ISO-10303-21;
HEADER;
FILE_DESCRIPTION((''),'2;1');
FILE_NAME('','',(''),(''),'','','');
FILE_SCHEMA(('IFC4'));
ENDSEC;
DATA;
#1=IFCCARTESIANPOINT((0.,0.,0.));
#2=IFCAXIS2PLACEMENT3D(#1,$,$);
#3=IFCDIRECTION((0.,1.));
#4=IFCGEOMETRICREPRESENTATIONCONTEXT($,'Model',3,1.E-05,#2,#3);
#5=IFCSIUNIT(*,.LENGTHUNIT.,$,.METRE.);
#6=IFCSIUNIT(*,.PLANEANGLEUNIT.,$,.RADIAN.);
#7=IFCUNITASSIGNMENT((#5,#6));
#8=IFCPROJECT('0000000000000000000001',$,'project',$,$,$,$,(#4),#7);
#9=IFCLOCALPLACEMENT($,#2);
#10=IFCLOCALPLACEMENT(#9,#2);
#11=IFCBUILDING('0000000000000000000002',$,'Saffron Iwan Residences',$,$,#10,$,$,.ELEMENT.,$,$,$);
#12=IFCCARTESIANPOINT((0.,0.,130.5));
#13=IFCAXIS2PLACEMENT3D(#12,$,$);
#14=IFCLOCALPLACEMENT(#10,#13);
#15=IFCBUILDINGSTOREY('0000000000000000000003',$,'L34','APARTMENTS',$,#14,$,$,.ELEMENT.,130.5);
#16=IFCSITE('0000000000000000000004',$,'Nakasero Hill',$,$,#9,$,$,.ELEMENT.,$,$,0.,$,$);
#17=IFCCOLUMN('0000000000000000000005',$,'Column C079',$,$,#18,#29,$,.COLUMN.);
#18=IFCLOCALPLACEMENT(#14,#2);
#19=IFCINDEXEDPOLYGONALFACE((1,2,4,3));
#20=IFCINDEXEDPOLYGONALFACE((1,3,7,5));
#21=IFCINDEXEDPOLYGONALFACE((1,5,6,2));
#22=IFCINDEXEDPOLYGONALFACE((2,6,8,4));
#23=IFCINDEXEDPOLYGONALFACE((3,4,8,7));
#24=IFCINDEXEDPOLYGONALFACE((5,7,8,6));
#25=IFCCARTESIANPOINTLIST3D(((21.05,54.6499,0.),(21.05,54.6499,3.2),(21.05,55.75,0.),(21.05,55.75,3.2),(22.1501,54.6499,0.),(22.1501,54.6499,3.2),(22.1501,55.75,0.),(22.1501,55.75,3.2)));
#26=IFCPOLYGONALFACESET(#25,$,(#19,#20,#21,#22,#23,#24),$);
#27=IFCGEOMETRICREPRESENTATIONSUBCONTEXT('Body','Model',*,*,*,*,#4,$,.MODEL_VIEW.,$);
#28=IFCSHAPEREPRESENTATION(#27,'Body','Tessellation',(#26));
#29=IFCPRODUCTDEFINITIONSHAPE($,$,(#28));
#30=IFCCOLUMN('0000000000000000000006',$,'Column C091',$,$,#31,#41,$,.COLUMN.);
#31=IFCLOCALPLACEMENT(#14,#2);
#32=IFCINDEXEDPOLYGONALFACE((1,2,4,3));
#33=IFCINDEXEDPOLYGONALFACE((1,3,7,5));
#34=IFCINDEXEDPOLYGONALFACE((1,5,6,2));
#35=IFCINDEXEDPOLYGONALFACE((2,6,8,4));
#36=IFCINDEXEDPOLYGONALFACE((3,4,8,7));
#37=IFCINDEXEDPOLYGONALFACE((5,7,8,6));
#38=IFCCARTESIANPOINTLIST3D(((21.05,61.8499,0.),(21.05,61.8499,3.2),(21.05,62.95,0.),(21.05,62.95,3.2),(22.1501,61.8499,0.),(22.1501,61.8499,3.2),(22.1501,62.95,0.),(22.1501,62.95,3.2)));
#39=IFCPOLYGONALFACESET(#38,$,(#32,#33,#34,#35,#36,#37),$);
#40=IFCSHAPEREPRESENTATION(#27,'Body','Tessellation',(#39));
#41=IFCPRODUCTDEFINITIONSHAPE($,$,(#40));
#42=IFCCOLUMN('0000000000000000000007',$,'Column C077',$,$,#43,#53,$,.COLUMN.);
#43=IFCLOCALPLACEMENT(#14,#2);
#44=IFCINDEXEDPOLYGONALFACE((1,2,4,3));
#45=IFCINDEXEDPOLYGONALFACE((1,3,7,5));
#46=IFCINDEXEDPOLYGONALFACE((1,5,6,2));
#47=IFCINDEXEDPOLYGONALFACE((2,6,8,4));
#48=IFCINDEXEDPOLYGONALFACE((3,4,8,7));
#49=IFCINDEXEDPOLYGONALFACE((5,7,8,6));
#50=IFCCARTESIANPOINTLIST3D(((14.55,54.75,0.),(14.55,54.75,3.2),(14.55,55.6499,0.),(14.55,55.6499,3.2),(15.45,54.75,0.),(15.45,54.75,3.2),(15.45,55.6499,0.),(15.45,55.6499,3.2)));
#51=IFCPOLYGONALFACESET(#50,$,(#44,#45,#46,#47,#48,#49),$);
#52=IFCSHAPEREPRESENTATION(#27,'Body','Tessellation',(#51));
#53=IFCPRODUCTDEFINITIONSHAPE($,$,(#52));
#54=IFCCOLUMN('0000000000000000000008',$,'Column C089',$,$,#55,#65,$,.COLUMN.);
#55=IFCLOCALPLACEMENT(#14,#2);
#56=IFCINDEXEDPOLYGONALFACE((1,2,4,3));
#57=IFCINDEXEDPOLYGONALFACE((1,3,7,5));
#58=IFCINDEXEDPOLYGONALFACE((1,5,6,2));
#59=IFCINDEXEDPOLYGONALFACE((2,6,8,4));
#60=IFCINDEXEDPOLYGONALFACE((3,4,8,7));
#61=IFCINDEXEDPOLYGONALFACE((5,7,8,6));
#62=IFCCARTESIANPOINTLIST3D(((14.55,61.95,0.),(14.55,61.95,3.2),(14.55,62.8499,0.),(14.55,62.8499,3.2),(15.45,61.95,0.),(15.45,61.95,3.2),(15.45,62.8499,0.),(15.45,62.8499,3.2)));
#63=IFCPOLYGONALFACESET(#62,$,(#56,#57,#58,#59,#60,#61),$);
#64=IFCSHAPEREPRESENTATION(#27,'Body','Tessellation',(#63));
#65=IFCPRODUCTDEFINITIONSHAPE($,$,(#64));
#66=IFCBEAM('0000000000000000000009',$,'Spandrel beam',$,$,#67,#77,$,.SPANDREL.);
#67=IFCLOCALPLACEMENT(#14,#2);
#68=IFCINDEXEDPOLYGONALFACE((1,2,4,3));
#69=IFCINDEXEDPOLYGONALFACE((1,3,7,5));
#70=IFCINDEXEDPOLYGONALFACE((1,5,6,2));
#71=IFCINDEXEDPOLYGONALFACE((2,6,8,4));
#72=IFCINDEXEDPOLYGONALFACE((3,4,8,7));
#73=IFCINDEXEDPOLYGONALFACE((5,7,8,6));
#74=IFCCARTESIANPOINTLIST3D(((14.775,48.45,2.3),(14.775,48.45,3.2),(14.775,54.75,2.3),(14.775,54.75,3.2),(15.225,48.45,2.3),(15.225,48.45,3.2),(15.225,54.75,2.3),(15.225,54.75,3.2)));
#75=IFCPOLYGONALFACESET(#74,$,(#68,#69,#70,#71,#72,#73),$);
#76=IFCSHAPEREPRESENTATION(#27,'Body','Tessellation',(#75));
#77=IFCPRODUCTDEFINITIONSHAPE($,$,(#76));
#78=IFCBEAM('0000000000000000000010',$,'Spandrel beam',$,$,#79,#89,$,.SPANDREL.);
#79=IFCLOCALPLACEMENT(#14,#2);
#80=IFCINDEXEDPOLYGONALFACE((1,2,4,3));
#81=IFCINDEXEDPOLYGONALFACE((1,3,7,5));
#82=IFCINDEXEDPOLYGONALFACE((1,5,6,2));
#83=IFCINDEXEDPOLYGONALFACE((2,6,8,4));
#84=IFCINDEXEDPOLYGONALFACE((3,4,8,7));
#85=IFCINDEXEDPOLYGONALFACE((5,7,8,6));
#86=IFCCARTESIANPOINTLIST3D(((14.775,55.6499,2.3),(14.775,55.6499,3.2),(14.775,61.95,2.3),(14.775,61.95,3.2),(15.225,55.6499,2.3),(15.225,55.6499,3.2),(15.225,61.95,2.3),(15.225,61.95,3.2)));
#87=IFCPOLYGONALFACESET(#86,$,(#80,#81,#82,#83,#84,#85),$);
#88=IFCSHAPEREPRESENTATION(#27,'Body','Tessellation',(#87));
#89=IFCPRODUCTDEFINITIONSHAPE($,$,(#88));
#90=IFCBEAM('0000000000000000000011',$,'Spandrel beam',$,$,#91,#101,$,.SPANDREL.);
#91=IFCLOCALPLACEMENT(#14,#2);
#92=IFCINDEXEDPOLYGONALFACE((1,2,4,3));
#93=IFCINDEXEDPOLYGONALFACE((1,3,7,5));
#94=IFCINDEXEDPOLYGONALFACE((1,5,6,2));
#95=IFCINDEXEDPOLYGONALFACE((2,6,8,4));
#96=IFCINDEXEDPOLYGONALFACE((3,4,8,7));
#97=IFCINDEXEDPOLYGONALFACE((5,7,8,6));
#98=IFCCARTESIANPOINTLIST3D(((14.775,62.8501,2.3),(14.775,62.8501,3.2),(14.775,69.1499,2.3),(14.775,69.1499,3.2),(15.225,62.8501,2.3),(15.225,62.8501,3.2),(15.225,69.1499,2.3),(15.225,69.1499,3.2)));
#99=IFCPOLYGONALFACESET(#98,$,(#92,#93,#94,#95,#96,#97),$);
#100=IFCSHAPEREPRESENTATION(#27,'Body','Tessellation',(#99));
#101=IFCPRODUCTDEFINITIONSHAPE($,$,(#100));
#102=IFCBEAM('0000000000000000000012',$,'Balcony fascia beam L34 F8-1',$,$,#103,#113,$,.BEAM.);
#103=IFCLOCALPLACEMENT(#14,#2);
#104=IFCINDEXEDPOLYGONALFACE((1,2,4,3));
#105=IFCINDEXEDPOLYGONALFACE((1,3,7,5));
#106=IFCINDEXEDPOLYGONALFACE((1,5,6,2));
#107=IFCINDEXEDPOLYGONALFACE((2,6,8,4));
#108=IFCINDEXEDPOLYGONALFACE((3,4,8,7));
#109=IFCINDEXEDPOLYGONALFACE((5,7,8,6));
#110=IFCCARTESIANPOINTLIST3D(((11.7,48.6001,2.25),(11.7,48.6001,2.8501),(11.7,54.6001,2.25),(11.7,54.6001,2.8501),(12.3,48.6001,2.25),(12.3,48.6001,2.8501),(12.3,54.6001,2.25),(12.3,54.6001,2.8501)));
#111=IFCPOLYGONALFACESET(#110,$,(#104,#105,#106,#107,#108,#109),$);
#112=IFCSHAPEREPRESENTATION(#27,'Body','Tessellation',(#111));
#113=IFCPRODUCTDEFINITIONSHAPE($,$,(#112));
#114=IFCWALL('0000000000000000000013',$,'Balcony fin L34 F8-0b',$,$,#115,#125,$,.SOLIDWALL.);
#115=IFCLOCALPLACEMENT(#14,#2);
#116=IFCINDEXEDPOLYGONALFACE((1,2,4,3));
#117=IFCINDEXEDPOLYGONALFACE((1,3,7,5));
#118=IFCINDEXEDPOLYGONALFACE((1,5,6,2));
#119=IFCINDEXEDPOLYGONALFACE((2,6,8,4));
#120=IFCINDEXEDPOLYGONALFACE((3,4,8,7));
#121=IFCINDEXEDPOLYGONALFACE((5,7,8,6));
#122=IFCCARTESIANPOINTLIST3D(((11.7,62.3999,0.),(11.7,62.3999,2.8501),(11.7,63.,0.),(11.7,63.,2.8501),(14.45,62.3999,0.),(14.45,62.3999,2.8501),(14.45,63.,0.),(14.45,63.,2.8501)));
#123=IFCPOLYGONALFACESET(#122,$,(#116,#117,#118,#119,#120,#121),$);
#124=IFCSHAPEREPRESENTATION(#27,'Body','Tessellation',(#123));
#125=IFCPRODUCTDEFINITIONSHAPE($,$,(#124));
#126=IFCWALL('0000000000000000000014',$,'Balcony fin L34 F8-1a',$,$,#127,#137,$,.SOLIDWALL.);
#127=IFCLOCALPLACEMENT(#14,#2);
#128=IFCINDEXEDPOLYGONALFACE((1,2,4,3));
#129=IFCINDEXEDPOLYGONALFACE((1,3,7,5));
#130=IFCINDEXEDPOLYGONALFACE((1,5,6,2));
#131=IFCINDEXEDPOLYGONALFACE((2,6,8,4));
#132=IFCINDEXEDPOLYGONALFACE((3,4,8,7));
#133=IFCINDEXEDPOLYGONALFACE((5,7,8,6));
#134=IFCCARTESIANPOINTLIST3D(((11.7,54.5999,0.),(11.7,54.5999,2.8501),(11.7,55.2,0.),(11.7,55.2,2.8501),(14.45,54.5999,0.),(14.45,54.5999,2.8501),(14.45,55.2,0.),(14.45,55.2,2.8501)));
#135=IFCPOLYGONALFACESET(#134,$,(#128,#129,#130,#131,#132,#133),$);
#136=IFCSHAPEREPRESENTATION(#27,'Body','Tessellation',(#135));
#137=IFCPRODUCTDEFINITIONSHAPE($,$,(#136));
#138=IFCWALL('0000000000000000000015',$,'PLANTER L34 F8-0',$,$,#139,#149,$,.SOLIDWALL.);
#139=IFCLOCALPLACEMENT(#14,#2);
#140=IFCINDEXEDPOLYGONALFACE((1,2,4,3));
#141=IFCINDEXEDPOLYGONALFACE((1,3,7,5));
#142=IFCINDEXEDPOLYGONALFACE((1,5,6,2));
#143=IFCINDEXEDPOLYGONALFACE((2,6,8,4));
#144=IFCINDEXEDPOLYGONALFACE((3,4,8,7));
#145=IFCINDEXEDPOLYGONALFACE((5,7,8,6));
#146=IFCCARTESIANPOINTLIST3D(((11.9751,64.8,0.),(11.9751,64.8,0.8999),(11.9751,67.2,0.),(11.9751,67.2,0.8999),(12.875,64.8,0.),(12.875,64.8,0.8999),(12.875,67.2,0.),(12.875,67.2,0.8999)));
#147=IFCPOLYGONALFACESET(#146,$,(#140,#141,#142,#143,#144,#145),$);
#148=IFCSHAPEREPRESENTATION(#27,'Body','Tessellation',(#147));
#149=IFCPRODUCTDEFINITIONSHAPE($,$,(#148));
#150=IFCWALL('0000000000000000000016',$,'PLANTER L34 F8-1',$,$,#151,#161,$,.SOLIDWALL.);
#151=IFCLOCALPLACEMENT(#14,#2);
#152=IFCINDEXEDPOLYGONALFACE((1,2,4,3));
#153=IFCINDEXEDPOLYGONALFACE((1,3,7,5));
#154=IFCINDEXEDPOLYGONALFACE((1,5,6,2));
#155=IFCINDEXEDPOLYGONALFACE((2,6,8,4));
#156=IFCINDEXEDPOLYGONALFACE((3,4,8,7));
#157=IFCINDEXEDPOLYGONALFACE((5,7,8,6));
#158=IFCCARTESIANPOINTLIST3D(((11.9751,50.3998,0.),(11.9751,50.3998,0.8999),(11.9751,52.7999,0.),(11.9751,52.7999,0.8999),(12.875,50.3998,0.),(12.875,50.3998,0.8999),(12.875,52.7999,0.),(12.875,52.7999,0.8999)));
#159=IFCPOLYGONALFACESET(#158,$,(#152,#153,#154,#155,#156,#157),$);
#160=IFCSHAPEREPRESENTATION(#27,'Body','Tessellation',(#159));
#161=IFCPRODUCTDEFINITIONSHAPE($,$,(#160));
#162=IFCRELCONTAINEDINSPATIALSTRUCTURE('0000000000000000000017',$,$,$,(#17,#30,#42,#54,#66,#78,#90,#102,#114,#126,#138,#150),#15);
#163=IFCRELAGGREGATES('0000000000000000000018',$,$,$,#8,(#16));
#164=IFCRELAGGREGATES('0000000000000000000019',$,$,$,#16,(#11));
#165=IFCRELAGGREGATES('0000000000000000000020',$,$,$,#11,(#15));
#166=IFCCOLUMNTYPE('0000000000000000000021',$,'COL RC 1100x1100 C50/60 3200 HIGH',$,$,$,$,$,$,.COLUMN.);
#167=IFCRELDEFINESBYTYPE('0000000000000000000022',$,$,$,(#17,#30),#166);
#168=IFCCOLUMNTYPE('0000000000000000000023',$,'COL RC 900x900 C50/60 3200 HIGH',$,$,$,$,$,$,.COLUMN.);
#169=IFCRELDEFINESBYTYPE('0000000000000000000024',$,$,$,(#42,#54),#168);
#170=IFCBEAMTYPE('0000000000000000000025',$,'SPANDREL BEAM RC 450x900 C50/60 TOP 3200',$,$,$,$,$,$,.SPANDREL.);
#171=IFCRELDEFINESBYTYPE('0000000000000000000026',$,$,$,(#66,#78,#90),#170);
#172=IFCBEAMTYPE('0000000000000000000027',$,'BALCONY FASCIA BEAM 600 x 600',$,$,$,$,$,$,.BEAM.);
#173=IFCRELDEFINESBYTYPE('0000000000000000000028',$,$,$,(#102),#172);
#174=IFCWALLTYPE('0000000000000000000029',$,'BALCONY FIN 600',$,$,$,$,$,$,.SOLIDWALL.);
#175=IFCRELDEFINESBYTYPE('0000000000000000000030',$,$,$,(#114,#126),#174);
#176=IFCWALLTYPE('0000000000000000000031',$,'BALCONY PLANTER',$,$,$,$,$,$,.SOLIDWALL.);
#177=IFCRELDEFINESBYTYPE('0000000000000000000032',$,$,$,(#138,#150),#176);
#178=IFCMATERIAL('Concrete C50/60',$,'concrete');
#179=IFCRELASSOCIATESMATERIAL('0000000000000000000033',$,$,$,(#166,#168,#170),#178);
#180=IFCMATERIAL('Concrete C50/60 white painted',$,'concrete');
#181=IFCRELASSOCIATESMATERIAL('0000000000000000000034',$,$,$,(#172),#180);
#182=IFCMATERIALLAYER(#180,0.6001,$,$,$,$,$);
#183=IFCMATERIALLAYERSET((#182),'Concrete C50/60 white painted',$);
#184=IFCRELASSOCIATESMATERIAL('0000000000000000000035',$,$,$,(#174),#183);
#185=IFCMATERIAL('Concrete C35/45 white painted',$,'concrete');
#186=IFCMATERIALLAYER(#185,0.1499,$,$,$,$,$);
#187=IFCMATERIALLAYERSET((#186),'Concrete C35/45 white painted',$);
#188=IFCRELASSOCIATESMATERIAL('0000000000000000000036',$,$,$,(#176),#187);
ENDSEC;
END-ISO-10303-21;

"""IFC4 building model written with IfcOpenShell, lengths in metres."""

from ifc_helpers import new_model, si_unit, direction, frame, frame_2d, origin, origin_2d, place, context, subcontext, project, spatial, rectangle, extrude, source, transform, mapped, material, layer, layer_set, material_profile, profile_set, type_object, element, save


model = new_model("IFC4")

# Units and contexts
model_context = context("Model", 3, precision=1e-05, world=origin(), true_north=direction((0.0, 1.0)))
body_context = subcontext(model_context, "Body", "Model", "MODEL_VIEW")
ifc_project = project(units=[si_unit("LENGTHUNIT", "METRE"), si_unit("PLANEANGLEUNIT", "RADIAN")], contexts=[model_context])

# Site, building, storey
site_placement = place(None, origin())
site = spatial("IfcSite", under=ifc_project, at=site_placement, Name="Nakasero Hill", CompositionType="ELEMENT", RefElevation=0.0)
building_placement = place(site_placement, origin())
building = spatial("IfcBuilding", under=site, at=building_placement, Name="Saffron Iwan Residences", CompositionType="ELEMENT")
storey_placement = place(building_placement, frame((0.0, 0.0, 130.5)))
storey = spatial("IfcBuildingStorey", under=building, at=storey_placement, Name="L34", Description="APARTMENTS", CompositionType="ELEMENT", Elevation=130.5)

# Columns
ifc_material_1 = material(Name="Concrete C50/60", Category="concrete")
ifc_material_profile_1 = material_profile(ifc_material_1, rectangle(XDim=1.1001, YDim=1.1001, at=origin_2d()), Name="RC 1100x1100")
ifc_profile_set_1 = profile_set([ifc_material_profile_1], Name="Concrete C50/60")
column_type_1 = type_object("IfcColumnType", Name="COL RC 1100x1100 C50/60 3200 HIGH", PredefinedType="COLUMN", material=ifc_profile_set_1)
shared_shape_1 = source(origin(), body_context, "Body", "SweptSolid", [
    extrude(rectangle(XDim=1.1001, YDim=1.1001, at=origin_2d()), origin(), (0.0, 0.0, 1.0), 3.2),
])
for number, where, z_axis, x_axis, name in (
    (1, (21.6001, 55.2, 0.0), (0.0, 0.0, 1.0), (1.0, 0.0, 0.0), "Column C079"),
    (2, (21.6001, 62.3999, 0.0), (0.0, 0.0, 1.0), (1.0, 0.0, 0.0), "Column C091"),
):
    element("IfcColumn", number, at=place(storey_placement, frame(where, z_axis=z_axis, x_axis=x_axis)), inside=storey, type_object=column_type_1, Name=name, PredefinedType="COLUMN", context=body_context, shape_type="MappedRepresentation", body=[
        mapped(shared_shape_1, transform((0.0, 0.0, 0.0))),
    ])
ifc_material_profile_2 = material_profile(ifc_material_1, rectangle(XDim=0.8999, YDim=0.8999, at=origin_2d()), Name="RC 900x900")
ifc_profile_set_2 = profile_set([ifc_material_profile_2], Name="Concrete C50/60")
column_type_2 = type_object("IfcColumnType", Name="COL RC 900x900 C50/60 3200 HIGH", PredefinedType="COLUMN", material=ifc_profile_set_2)
shared_shape_2 = source(origin(), body_context, "Body", "SweptSolid", [
    extrude(rectangle(XDim=0.8999, YDim=0.8999, at=origin_2d()), origin(), (0.0, 0.0, 1.0), 3.2),
])
for number, where, z_axis, x_axis, name in (
    (3, (15.0, 55.2, 0.0), (0.0, 0.0, 1.0), (1.0, 0.0, 0.0), "Column C077"),
    (4, (15.0, 62.3999, 0.0), (0.0, 0.0, 1.0), (1.0, 0.0, 0.0), "Column C089"),
):
    element("IfcColumn", number, at=place(storey_placement, frame(where, z_axis=z_axis, x_axis=x_axis)), inside=storey, type_object=column_type_2, Name=name, PredefinedType="COLUMN", context=body_context, shape_type="MappedRepresentation", body=[
        mapped(shared_shape_2, transform((0.0, 0.0, 0.0))),
    ])

# Beams
ifc_material_profile_3 = material_profile(ifc_material_1, rectangle(XDim=0.45, YDim=0.8999, at=origin_2d()), Name="RC 450x900")
ifc_profile_set_3 = profile_set([ifc_material_profile_3], Name="Concrete C50/60")
beam_type_1 = type_object("IfcBeamType", Name="SPANDREL BEAM RC 450x900 C50/60 TOP 3200", PredefinedType="SPANDREL", material=ifc_profile_set_3)
shared_shape_3 = source(origin(), body_context, "Body", "SweptSolid", [
    extrude(rectangle(XDim=0.45, YDim=0.8999, at=origin_2d()), origin(), (0.0, 0.0, 1.0), 6.3),
])
for number, where, z_axis, x_axis, name in (
    (5, (15.0, 48.45, 2.75), (0.0, 1.0, 0.0), (-1.0, 0.0, 0.0), "Spandrel beam"),
    (6, (15.0, 55.6499, 2.75), (0.0, 1.0, 0.0), (-1.0, 0.0, 0.0), "Spandrel beam"),
):
    element("IfcBeam", number, at=place(storey_placement, frame(where, z_axis=z_axis, x_axis=x_axis)), inside=storey, type_object=beam_type_1, Name=name, PredefinedType="SPANDREL", context=body_context, shape_type="MappedRepresentation", body=[
        mapped(shared_shape_3, transform((0.0, 0.0, 0.0))),
    ])
shared_shape_4 = source(origin(), body_context, "Body", "SweptSolid", [
    extrude(rectangle(XDim=0.45, YDim=0.8999, at=origin_2d()), origin(), (0.0, 0.0, 1.0), 6.2998),
])
beam_1_placement = place(storey_placement, frame((15.0, 62.8501, 2.75), z_axis=(0.0, 1.0, 0.0), x_axis=(-1.0, 0.0, 0.0)))
element("IfcBeam", 7, at=beam_1_placement, inside=storey, type_object=beam_type_1, Name="Spandrel beam", PredefinedType="SPANDREL", context=body_context, shape_type="MappedRepresentation", body=[
    mapped(shared_shape_4, transform((0.0, 0.0, 0.0))),
])
ifc_material_2 = material(Name="Concrete C50/60 white painted", Category="concrete")
ifc_material_profile_4 = material_profile(ifc_material_2, rectangle(XDim=0.6001, YDim=0.6001, at=origin_2d()), Name="BALCONY FASCIA BEAM 600 x 600")
ifc_profile_set_4 = profile_set([ifc_material_profile_4], Name="Concrete C50/60 white painted")
beam_type_2 = type_object("IfcBeamType", Name="BALCONY FASCIA BEAM 600 x 600", PredefinedType="BEAM", material=ifc_profile_set_4)
shared_shape_5 = source(origin(), body_context, "Body", "SweptSolid", [
    extrude(rectangle(XDim=0.6001, YDim=0.6001, at=origin_2d()), origin(), (0.0, 0.0, 1.0), 6.0),
])
beam_2_placement = place(storey_placement, frame((12.0, 54.6001, 2.55), z_axis=(0.0, -1.0, 0.0), x_axis=(1.0, 0.0, 0.0)))
element("IfcBeam", 8, at=beam_2_placement, inside=storey, type_object=beam_type_2, Name="Balcony fascia beam L34 F8-1", PredefinedType="BEAM", context=body_context, shape_type="MappedRepresentation", body=[
    mapped(shared_shape_5, transform((0.0, 0.0, 0.0))),
])

# Walls
ifc_layer_1 = layer(ifc_material_2, 0.6001)
ifc_layer_set_1 = layer_set([ifc_layer_1], Name="Concrete C50/60 white painted")
wall_type_1 = type_object("IfcWallType", Name="BALCONY FIN 600", PredefinedType="SOLIDWALL", material=ifc_layer_set_1)
for number, where, z_axis, x_axis, name in (
    (9, (14.45, 62.7, 0.0), (0.0, 0.0, 1.0), (-1.0, 0.0, 0.0), "Balcony fin L34 F8-0b"),
    (10, (14.45, 54.8999, 0.0), (0.0, 0.0, 1.0), (-1.0, 0.0, 0.0), "Balcony fin L34 F8-1a"),
):
    element("IfcWall", number, at=place(storey_placement, frame(where, z_axis=z_axis, x_axis=x_axis)), inside=storey, type_object=wall_type_1, Name=name, PredefinedType="SOLIDWALL", context=body_context, shape_type="SweptSolid", body=[
        extrude(rectangle(XDim=2.75, YDim=0.6001, at=frame_2d((1.375, 0.0))), origin(), (0.0, 0.0, 1.0), 2.8501),
    ])
ifc_material_3 = material(Name="Concrete C35/45 white painted", Category="concrete")
ifc_layer_2 = layer(ifc_material_3, 0.1499)
ifc_layer_set_2 = layer_set([ifc_layer_2], Name="Concrete C35/45 white painted")
wall_type_2 = type_object("IfcWallType", Name="BALCONY PLANTER", PredefinedType="SOLIDWALL", material=ifc_layer_set_2)
wall_1_placement = place(storey_placement, frame((12.425, 67.2, 0.0), z_axis=(0.0, 0.0, 1.0), x_axis=(0.0, -1.0, 0.0)))
element("IfcWall", 11, at=wall_1_placement, inside=storey, type_object=wall_type_2, Name="PLANTER L34 F8-0", PredefinedType="SOLIDWALL", context=body_context, shape_type="SweptSolid", body=[
    extrude(rectangle(XDim=2.3999, YDim=0.8999, at=frame_2d((1.2, 0.0))), origin(), (0.0, 0.0, 1.0), 0.8999),
])
wall_2_placement = place(storey_placement, frame((12.425, 52.8, 0.0), z_axis=(0.0, 0.0, 1.0), x_axis=(0.0, -1.0, 0.0)))
element("IfcWall", 12, at=wall_2_placement, inside=storey, type_object=wall_type_2, Name="PLANTER L34 F8-1", PredefinedType="SOLIDWALL", context=body_context, shape_type="SweptSolid", body=[
    extrude(rectangle(XDim=2.4001, YDim=0.8999, at=frame_2d((1.2002, 0.0))), origin(), (0.0, 0.0, 1.0), 0.8999),
])

save(model, "model.ifc")
